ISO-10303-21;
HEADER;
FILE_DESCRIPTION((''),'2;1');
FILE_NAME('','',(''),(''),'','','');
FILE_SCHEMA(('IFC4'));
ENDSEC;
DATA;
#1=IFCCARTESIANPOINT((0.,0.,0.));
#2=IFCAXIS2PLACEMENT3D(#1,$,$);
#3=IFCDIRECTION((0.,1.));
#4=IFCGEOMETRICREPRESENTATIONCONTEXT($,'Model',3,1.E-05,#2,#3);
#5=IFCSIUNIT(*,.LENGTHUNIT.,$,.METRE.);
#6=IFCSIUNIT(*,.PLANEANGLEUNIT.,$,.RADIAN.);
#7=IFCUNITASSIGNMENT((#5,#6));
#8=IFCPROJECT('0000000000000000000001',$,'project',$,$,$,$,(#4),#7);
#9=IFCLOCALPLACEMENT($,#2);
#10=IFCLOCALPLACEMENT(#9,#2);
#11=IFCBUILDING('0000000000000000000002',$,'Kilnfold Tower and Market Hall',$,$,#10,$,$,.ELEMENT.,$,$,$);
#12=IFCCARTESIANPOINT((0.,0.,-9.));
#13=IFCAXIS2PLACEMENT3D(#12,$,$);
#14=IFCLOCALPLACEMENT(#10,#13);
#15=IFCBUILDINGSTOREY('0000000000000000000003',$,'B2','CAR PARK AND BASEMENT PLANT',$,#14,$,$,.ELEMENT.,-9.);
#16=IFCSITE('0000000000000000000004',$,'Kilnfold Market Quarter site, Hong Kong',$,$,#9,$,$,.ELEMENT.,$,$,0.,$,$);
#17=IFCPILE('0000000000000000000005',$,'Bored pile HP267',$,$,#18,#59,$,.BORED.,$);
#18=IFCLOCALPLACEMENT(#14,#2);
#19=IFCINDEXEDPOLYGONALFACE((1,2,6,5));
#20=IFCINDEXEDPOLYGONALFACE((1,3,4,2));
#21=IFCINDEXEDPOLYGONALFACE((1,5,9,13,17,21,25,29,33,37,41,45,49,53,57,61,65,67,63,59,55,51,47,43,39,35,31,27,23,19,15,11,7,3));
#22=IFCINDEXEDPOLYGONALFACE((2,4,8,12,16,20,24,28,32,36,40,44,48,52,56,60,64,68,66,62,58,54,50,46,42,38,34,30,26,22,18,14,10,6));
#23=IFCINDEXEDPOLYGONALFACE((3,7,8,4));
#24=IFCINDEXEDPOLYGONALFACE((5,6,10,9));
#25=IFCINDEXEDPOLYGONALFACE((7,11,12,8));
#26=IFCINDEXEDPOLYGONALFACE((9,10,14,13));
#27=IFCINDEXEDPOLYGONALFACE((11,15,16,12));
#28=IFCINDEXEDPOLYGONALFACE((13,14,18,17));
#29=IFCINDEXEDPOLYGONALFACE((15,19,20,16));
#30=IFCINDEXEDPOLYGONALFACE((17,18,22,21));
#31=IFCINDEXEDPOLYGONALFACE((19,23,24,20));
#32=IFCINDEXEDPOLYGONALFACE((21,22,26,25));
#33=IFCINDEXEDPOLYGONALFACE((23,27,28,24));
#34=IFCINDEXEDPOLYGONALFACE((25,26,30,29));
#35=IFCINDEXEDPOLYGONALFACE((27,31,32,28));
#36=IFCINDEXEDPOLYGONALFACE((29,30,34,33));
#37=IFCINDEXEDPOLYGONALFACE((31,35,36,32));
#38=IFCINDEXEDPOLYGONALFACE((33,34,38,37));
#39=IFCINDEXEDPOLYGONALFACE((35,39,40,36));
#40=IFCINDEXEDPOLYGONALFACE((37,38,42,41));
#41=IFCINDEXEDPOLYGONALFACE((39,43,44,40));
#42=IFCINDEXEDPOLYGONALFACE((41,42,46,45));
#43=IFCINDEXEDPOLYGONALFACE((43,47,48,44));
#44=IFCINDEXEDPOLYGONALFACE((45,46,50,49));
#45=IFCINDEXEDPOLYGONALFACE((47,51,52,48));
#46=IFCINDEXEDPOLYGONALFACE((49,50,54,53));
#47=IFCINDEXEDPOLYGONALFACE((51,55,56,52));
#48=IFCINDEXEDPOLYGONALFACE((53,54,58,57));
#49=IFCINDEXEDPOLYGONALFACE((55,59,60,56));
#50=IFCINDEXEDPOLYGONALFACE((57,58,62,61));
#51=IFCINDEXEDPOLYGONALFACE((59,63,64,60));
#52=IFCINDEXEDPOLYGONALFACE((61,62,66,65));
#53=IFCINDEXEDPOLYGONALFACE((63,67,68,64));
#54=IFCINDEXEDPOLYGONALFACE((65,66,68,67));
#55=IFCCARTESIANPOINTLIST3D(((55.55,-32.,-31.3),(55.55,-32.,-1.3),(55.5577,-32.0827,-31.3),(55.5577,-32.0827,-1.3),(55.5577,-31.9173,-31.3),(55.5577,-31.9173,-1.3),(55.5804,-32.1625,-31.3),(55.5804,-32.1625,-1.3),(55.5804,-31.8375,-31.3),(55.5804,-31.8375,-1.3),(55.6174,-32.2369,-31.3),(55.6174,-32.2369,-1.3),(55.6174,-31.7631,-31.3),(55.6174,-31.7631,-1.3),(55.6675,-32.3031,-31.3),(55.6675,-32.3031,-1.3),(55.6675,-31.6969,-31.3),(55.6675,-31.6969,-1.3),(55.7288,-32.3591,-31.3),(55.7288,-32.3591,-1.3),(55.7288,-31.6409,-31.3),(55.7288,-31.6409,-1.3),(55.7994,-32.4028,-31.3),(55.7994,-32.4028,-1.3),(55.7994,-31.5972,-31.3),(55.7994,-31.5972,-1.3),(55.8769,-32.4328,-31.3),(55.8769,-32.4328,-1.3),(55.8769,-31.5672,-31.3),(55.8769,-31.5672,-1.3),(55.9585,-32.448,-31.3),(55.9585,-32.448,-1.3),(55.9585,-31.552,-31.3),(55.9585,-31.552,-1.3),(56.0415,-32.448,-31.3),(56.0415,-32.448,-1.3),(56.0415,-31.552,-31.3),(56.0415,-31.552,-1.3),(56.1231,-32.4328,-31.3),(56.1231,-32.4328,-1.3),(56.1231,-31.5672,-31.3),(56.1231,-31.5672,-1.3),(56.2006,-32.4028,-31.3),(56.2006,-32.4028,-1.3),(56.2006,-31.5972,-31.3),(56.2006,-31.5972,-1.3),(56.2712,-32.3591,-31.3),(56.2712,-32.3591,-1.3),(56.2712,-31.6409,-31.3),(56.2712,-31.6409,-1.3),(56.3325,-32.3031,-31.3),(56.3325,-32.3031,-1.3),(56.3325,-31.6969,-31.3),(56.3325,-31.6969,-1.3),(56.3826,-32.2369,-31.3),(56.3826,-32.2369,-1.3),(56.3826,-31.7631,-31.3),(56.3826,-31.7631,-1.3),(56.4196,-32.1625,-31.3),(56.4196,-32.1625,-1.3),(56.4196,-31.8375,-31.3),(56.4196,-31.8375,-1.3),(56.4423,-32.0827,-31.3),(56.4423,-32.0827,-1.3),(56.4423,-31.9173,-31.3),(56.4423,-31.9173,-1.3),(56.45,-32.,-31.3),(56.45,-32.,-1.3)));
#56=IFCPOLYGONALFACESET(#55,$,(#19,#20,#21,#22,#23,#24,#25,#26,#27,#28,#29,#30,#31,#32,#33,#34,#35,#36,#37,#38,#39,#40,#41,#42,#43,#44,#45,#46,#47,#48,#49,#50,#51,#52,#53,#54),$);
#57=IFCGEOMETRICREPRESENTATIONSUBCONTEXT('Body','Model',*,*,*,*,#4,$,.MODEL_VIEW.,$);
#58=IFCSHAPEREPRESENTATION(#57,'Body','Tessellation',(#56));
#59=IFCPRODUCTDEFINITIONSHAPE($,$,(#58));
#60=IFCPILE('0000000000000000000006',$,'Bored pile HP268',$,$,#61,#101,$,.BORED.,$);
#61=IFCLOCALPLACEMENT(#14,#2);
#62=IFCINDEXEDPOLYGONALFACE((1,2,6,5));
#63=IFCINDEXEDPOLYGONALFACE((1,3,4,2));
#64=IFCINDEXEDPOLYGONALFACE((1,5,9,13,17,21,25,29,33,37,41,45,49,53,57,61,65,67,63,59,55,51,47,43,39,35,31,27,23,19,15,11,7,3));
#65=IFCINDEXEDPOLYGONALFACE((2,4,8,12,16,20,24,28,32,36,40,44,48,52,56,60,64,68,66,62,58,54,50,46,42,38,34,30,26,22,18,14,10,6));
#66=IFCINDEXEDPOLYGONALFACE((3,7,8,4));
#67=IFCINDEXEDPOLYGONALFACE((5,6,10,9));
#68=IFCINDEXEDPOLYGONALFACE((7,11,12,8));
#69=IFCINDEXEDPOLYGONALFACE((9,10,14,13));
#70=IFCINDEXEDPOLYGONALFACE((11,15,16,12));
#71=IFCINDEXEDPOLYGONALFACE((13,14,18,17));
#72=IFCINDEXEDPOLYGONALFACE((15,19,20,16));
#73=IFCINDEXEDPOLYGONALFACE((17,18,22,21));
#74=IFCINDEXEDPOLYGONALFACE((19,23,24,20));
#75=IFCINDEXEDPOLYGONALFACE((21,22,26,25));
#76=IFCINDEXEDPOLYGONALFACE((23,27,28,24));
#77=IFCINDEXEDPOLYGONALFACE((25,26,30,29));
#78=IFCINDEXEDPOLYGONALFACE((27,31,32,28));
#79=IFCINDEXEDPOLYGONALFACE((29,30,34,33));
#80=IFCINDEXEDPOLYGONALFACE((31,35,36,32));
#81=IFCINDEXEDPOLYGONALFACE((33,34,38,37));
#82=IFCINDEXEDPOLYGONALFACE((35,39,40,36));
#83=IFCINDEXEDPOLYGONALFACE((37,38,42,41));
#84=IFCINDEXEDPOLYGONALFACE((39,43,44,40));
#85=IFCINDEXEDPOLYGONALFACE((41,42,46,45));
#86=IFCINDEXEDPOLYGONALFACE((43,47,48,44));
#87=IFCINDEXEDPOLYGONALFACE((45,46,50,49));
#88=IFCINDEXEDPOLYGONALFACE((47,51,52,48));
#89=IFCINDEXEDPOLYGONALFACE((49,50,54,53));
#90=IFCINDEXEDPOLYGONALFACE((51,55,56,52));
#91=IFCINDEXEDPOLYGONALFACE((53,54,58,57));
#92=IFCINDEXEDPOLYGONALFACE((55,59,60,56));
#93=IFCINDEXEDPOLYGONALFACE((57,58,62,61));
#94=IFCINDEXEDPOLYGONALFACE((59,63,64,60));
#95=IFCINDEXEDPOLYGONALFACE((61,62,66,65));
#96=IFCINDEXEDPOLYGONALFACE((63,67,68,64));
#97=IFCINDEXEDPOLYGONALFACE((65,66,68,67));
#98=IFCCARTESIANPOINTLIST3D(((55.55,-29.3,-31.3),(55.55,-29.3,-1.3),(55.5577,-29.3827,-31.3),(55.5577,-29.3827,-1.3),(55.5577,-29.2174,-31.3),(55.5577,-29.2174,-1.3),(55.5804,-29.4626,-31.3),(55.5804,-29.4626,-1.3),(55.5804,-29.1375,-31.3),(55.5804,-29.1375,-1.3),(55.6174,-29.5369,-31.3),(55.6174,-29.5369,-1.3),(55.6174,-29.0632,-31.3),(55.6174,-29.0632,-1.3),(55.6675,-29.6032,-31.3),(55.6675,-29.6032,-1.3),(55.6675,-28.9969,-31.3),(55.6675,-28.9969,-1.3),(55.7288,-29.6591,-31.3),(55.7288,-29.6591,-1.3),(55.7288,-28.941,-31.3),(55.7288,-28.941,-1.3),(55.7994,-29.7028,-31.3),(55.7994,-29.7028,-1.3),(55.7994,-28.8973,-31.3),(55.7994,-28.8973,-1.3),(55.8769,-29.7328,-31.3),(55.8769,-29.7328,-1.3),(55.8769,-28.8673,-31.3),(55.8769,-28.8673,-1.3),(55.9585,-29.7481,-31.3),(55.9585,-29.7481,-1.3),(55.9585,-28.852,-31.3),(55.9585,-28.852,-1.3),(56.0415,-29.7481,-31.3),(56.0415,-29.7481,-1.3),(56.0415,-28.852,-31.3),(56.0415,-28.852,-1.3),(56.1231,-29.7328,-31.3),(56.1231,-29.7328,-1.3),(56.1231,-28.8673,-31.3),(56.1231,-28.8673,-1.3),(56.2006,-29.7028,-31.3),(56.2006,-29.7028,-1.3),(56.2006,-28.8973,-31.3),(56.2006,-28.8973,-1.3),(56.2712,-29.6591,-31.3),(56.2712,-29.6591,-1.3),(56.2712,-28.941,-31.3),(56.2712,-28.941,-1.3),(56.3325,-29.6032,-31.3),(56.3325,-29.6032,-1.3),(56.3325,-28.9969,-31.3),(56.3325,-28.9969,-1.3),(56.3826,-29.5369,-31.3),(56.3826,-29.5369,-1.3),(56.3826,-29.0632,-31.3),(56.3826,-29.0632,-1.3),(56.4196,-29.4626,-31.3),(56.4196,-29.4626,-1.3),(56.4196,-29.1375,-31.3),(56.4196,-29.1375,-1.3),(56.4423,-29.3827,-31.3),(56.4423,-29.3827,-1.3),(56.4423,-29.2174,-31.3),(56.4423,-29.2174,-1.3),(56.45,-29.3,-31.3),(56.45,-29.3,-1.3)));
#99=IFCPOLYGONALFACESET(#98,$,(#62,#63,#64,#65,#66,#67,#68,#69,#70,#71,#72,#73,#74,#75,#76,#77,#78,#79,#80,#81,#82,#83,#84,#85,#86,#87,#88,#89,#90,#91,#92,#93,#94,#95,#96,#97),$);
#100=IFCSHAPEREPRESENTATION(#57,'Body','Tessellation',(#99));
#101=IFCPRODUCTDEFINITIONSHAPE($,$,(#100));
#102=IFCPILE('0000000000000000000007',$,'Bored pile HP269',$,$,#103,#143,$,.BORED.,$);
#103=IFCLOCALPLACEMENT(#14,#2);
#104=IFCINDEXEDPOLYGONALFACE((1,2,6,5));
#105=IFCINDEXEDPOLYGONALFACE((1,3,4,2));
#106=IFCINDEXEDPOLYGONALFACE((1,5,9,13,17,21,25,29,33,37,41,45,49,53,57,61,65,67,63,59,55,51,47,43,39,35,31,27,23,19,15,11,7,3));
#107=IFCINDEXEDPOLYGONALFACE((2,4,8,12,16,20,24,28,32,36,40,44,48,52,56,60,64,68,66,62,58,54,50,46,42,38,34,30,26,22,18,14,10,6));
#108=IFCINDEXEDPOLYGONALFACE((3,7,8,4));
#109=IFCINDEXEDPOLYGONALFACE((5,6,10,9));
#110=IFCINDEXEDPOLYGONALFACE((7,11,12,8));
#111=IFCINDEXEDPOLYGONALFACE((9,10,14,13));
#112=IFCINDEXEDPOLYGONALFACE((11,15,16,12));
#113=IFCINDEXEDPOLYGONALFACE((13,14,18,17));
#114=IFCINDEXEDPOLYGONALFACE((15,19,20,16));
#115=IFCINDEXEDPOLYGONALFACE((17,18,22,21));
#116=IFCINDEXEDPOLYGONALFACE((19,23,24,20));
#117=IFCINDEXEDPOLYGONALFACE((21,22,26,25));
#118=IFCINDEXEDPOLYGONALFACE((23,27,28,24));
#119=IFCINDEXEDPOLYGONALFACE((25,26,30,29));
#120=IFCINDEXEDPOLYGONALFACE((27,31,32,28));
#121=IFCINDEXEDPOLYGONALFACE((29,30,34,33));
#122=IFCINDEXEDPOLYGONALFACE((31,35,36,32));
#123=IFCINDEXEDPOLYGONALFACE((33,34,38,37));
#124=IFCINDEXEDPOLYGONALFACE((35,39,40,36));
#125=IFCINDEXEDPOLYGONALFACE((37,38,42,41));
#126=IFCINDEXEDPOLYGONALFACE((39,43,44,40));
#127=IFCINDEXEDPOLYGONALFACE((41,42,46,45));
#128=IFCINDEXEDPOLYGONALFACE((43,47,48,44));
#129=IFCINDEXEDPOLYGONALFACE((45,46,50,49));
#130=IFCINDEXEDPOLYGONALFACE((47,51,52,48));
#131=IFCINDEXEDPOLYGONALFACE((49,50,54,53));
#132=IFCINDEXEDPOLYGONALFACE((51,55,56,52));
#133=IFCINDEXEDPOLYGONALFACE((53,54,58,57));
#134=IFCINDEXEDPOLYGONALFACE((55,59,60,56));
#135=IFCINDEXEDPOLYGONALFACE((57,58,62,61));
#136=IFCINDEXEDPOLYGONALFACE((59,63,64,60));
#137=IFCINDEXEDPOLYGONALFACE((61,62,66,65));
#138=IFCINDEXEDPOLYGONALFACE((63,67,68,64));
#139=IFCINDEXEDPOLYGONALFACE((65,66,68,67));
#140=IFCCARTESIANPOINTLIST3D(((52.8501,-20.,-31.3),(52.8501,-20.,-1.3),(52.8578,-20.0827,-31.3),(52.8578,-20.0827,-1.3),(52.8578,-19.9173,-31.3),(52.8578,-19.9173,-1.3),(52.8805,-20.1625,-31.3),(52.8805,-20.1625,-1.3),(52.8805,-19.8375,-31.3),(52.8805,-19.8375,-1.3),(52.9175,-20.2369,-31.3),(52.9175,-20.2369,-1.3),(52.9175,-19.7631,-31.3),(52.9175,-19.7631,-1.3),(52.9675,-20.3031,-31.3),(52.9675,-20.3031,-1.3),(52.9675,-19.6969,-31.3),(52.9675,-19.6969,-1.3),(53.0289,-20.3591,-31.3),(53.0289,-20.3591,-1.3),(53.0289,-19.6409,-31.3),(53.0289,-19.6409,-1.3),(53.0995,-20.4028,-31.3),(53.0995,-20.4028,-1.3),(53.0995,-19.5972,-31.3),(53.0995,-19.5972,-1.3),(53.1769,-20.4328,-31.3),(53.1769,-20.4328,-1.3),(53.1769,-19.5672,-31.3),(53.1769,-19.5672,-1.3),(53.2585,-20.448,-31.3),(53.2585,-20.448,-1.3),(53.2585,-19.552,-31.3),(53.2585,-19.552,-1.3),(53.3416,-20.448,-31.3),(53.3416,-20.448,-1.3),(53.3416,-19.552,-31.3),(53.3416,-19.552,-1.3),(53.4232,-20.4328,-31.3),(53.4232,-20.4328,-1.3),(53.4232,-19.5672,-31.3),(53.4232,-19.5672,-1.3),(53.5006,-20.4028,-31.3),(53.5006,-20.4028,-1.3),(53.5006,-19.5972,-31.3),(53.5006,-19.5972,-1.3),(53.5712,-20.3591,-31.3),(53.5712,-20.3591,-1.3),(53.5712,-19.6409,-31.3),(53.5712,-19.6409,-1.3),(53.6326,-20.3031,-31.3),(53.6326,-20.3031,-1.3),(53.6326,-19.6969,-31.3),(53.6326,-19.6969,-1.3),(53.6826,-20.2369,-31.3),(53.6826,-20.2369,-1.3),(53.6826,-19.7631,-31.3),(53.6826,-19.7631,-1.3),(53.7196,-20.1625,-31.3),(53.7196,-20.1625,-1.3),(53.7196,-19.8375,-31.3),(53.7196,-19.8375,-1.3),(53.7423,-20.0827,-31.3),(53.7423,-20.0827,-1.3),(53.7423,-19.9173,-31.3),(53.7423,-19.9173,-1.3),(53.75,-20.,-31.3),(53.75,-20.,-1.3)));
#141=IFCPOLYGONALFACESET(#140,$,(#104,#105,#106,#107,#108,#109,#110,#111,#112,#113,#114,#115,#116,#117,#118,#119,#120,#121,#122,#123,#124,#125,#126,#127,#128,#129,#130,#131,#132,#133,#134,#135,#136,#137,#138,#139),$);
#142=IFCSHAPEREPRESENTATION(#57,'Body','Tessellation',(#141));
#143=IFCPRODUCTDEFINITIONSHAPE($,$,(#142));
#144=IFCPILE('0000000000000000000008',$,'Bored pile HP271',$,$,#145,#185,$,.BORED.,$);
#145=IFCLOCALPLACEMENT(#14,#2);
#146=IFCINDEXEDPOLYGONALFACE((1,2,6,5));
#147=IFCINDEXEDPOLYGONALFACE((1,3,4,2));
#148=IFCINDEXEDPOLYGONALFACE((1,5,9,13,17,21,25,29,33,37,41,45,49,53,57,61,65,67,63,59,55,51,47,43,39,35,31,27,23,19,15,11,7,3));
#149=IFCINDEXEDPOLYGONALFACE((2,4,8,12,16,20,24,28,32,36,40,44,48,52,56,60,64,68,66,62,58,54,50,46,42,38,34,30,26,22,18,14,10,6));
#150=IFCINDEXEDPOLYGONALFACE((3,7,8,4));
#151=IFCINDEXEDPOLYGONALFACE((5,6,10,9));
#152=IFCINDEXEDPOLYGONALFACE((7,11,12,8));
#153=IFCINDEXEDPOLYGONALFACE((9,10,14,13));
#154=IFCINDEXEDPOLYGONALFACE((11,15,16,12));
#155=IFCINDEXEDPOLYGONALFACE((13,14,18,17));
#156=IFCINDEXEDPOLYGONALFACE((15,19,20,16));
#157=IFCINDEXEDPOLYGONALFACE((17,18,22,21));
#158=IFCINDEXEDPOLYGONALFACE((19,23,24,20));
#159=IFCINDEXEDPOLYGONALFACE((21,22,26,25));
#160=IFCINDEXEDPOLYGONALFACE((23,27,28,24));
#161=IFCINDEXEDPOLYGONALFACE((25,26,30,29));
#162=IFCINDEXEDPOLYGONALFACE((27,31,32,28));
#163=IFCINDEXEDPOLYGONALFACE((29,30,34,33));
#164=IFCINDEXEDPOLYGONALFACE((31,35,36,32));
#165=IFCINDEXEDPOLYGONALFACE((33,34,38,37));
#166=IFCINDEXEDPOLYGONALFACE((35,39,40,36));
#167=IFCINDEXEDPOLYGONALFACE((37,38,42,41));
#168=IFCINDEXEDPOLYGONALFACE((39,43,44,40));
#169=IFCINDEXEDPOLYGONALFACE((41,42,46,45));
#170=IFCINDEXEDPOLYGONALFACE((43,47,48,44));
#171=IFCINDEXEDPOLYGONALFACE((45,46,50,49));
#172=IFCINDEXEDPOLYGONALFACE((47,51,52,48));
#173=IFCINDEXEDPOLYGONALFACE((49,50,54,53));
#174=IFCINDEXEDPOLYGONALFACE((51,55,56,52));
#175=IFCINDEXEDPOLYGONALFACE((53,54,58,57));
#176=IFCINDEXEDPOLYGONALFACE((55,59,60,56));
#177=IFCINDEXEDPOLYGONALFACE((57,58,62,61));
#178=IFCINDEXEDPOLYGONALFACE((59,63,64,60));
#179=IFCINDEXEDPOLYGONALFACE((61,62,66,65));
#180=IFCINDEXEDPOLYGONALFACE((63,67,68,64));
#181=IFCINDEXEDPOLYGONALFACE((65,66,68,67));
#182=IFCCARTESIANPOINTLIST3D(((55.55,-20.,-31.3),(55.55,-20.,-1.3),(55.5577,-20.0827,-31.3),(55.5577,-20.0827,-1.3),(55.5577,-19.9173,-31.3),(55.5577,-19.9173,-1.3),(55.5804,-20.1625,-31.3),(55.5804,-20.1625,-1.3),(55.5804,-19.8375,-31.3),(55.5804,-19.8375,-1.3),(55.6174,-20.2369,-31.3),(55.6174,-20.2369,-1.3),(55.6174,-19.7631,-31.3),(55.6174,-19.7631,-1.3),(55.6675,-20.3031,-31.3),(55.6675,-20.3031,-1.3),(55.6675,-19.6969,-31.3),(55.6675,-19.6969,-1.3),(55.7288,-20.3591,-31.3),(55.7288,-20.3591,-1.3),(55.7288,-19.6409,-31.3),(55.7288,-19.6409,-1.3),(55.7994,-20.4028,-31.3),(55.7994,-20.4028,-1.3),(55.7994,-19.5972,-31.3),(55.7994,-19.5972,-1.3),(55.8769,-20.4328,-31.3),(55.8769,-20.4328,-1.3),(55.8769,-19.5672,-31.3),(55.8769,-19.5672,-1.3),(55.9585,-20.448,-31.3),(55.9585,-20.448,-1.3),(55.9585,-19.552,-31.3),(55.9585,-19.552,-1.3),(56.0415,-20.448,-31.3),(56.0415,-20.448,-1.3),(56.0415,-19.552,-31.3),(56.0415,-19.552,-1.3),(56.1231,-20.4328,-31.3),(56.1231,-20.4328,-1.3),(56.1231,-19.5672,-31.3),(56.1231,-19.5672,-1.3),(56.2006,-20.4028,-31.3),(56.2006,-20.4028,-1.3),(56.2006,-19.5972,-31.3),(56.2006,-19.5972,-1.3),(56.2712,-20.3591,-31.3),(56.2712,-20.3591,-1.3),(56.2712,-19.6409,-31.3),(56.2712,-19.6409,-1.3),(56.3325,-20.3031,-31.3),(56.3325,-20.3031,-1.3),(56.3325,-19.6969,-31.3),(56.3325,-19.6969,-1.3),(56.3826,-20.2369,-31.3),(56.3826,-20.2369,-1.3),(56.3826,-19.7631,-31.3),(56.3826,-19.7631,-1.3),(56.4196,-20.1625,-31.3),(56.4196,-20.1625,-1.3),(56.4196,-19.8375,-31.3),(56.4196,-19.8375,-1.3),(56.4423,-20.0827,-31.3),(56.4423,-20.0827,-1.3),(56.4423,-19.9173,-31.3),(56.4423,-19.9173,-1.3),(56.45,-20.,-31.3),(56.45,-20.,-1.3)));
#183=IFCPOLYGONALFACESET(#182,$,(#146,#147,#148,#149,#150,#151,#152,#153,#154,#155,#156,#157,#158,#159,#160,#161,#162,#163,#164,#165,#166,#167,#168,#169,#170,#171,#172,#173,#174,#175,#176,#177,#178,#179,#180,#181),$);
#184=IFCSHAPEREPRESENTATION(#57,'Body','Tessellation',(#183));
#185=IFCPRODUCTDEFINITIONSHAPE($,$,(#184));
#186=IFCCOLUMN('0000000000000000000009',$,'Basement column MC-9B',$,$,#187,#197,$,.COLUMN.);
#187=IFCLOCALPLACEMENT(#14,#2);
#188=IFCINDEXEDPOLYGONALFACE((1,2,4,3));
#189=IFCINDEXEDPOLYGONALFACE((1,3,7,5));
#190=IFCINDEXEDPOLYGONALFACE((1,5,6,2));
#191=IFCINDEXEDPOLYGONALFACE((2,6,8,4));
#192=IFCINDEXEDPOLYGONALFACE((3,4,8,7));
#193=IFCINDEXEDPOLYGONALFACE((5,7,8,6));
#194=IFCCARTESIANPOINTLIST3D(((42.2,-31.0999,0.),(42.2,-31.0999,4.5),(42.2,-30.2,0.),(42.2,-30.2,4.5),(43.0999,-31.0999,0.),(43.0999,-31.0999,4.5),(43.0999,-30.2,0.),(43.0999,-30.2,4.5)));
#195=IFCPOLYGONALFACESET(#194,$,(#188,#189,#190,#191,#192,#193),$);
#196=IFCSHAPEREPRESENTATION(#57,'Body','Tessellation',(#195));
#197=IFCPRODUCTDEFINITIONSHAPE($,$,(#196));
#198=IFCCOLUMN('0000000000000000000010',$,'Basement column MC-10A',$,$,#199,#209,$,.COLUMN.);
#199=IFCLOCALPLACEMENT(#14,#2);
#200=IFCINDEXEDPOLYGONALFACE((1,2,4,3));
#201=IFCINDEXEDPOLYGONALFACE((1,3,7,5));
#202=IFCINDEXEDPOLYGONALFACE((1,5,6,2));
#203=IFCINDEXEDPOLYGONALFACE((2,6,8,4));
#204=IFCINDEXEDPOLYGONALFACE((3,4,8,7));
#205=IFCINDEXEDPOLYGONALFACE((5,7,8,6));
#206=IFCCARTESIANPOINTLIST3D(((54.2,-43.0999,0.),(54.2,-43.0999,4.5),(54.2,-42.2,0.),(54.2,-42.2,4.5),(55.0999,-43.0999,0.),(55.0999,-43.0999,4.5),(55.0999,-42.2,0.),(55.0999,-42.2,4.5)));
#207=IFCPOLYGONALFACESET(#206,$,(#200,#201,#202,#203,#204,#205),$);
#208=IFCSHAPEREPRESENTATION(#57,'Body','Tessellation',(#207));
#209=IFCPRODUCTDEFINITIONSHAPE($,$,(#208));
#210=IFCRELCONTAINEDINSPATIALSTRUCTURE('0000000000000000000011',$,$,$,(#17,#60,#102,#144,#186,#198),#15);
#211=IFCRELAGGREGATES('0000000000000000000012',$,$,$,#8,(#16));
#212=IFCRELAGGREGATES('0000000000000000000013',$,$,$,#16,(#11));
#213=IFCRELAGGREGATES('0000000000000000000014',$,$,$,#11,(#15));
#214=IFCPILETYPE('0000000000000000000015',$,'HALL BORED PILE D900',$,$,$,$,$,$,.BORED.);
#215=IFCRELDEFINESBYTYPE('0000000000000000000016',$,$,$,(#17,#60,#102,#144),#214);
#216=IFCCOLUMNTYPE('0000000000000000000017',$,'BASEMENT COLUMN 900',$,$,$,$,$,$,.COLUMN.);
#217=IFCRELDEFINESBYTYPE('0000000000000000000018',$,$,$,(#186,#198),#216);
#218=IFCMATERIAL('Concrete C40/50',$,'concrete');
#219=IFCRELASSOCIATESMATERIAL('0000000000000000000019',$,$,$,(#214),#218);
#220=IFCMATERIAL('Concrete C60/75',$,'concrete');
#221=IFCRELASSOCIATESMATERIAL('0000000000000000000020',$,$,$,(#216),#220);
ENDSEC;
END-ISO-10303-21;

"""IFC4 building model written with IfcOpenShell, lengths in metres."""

from ifc_helpers import new_model, si_unit, direction, frame, origin, origin_2d, place, context, subcontext, project, spatial, rectangle, circle, extrude, source, transform, mapped, material, material_profile, profile_set, type_object, element, save


model = new_model("IFC4")

# Units and contexts
model_context = context("Model", 3, precision=1e-05, world=origin(), true_north=direction((0.0, 1.0)))
body_context = subcontext(model_context, "Body", "Model", "MODEL_VIEW")
ifc_project = project(units=[si_unit("LENGTHUNIT", "METRE"), si_unit("PLANEANGLEUNIT", "RADIAN")], contexts=[model_context])

# Site, building, storey
site_placement = place(None, origin())
site = spatial("IfcSite", under=ifc_project, at=site_placement, Name="Kilnfold Market Quarter site, Hong Kong", CompositionType="ELEMENT", RefElevation=0.0)
building_placement = place(site_placement, origin())
building = spatial("IfcBuilding", under=site, at=building_placement, Name="Kilnfold Tower and Market Hall", CompositionType="ELEMENT")
storey_placement = place(building_placement, frame((0.0, 0.0, -9.0)))
storey = spatial("IfcBuildingStorey", under=building, at=storey_placement, Name="B2", Description="CAR PARK AND BASEMENT PLANT", CompositionType="ELEMENT", Elevation=-9.0)

# Piles
ifc_material_1 = material(Name="Concrete C40/50", Category="concrete")
ifc_material_profile_1 = material_profile(ifc_material_1, circle(Radius=0.45, at=origin_2d()), Name="D900")
ifc_profile_set_1 = profile_set([ifc_material_profile_1], Name="Concrete C40/50")
pile_type = type_object("IfcPileType", Name="HALL BORED PILE D900", PredefinedType="BORED", material=ifc_profile_set_1)
shared_shape_1 = source(origin(), body_context, "Body", "SweptSolid", [
    extrude(circle(Radius=0.45, at=origin_2d()), origin(), (0.0, 0.0, 1.0), 30.0),
])
for number, where, z_axis, x_axis, name in (
    (1, (56.0, -32.0, -1.3), (0.0, 0.0, -1.0), (1.0, 0.0, 0.0), "Bored pile HP267"),
    (2, (56.0, -29.3, -1.3), (0.0, 0.0, -1.0), (1.0, 0.0, 0.0), "Bored pile HP268"),
    (3, (53.3, -20.0, -1.3), (0.0, 0.0, -1.0), (1.0, 0.0, 0.0), "Bored pile HP269"),
    (4, (56.0, -20.0, -1.3), (0.0, 0.0, -1.0), (1.0, 0.0, 0.0), "Bored pile HP271"),
):
    element("IfcPile", number, at=place(storey_placement, frame(where, z_axis=z_axis, x_axis=x_axis)), inside=storey, type_object=pile_type, Name=name, PredefinedType="BORED", context=body_context, shape_type="MappedRepresentation", body=[
        mapped(shared_shape_1, transform((0.0, 0.0, 0.0))),
    ])

# Columns
ifc_material_2 = material(Name="Concrete C60/75", Category="concrete")
ifc_material_profile_2 = material_profile(ifc_material_2, rectangle(XDim=0.8999, YDim=0.8999, at=origin_2d()), Name="RC 900x900")
ifc_profile_set_2 = profile_set([ifc_material_profile_2], Name="Concrete C60/75")
column_type = type_object("IfcColumnType", Name="BASEMENT COLUMN 900", PredefinedType="COLUMN", material=ifc_profile_set_2)
shared_shape_2 = source(origin(), body_context, "Body", "SweptSolid", [
    extrude(rectangle(XDim=0.8999, YDim=0.8999, at=origin_2d()), origin(), (0.0, 0.0, 1.0), 4.5),
])
for number, where, z_axis, x_axis, name in (
    (5, (42.6499, -30.6499, 0.0), (0.0, 0.0, 1.0), (1.0, 0.0, 0.0), "Basement column MC-9B"),
    (6, (54.6499, -42.6499, 0.0), (0.0, 0.0, 1.0), (1.0, 0.0, 0.0), "Basement column MC-10A"),
):
    element("IfcColumn", number, at=place(storey_placement, frame(where, z_axis=z_axis, x_axis=x_axis)), inside=storey, type_object=column_type, Name=name, PredefinedType="COLUMN", context=body_context, shape_type="MappedRepresentation", body=[
        mapped(shared_shape_2, transform((0.0, 0.0, 0.0))),
    ])

save(model, "model.ifc")
